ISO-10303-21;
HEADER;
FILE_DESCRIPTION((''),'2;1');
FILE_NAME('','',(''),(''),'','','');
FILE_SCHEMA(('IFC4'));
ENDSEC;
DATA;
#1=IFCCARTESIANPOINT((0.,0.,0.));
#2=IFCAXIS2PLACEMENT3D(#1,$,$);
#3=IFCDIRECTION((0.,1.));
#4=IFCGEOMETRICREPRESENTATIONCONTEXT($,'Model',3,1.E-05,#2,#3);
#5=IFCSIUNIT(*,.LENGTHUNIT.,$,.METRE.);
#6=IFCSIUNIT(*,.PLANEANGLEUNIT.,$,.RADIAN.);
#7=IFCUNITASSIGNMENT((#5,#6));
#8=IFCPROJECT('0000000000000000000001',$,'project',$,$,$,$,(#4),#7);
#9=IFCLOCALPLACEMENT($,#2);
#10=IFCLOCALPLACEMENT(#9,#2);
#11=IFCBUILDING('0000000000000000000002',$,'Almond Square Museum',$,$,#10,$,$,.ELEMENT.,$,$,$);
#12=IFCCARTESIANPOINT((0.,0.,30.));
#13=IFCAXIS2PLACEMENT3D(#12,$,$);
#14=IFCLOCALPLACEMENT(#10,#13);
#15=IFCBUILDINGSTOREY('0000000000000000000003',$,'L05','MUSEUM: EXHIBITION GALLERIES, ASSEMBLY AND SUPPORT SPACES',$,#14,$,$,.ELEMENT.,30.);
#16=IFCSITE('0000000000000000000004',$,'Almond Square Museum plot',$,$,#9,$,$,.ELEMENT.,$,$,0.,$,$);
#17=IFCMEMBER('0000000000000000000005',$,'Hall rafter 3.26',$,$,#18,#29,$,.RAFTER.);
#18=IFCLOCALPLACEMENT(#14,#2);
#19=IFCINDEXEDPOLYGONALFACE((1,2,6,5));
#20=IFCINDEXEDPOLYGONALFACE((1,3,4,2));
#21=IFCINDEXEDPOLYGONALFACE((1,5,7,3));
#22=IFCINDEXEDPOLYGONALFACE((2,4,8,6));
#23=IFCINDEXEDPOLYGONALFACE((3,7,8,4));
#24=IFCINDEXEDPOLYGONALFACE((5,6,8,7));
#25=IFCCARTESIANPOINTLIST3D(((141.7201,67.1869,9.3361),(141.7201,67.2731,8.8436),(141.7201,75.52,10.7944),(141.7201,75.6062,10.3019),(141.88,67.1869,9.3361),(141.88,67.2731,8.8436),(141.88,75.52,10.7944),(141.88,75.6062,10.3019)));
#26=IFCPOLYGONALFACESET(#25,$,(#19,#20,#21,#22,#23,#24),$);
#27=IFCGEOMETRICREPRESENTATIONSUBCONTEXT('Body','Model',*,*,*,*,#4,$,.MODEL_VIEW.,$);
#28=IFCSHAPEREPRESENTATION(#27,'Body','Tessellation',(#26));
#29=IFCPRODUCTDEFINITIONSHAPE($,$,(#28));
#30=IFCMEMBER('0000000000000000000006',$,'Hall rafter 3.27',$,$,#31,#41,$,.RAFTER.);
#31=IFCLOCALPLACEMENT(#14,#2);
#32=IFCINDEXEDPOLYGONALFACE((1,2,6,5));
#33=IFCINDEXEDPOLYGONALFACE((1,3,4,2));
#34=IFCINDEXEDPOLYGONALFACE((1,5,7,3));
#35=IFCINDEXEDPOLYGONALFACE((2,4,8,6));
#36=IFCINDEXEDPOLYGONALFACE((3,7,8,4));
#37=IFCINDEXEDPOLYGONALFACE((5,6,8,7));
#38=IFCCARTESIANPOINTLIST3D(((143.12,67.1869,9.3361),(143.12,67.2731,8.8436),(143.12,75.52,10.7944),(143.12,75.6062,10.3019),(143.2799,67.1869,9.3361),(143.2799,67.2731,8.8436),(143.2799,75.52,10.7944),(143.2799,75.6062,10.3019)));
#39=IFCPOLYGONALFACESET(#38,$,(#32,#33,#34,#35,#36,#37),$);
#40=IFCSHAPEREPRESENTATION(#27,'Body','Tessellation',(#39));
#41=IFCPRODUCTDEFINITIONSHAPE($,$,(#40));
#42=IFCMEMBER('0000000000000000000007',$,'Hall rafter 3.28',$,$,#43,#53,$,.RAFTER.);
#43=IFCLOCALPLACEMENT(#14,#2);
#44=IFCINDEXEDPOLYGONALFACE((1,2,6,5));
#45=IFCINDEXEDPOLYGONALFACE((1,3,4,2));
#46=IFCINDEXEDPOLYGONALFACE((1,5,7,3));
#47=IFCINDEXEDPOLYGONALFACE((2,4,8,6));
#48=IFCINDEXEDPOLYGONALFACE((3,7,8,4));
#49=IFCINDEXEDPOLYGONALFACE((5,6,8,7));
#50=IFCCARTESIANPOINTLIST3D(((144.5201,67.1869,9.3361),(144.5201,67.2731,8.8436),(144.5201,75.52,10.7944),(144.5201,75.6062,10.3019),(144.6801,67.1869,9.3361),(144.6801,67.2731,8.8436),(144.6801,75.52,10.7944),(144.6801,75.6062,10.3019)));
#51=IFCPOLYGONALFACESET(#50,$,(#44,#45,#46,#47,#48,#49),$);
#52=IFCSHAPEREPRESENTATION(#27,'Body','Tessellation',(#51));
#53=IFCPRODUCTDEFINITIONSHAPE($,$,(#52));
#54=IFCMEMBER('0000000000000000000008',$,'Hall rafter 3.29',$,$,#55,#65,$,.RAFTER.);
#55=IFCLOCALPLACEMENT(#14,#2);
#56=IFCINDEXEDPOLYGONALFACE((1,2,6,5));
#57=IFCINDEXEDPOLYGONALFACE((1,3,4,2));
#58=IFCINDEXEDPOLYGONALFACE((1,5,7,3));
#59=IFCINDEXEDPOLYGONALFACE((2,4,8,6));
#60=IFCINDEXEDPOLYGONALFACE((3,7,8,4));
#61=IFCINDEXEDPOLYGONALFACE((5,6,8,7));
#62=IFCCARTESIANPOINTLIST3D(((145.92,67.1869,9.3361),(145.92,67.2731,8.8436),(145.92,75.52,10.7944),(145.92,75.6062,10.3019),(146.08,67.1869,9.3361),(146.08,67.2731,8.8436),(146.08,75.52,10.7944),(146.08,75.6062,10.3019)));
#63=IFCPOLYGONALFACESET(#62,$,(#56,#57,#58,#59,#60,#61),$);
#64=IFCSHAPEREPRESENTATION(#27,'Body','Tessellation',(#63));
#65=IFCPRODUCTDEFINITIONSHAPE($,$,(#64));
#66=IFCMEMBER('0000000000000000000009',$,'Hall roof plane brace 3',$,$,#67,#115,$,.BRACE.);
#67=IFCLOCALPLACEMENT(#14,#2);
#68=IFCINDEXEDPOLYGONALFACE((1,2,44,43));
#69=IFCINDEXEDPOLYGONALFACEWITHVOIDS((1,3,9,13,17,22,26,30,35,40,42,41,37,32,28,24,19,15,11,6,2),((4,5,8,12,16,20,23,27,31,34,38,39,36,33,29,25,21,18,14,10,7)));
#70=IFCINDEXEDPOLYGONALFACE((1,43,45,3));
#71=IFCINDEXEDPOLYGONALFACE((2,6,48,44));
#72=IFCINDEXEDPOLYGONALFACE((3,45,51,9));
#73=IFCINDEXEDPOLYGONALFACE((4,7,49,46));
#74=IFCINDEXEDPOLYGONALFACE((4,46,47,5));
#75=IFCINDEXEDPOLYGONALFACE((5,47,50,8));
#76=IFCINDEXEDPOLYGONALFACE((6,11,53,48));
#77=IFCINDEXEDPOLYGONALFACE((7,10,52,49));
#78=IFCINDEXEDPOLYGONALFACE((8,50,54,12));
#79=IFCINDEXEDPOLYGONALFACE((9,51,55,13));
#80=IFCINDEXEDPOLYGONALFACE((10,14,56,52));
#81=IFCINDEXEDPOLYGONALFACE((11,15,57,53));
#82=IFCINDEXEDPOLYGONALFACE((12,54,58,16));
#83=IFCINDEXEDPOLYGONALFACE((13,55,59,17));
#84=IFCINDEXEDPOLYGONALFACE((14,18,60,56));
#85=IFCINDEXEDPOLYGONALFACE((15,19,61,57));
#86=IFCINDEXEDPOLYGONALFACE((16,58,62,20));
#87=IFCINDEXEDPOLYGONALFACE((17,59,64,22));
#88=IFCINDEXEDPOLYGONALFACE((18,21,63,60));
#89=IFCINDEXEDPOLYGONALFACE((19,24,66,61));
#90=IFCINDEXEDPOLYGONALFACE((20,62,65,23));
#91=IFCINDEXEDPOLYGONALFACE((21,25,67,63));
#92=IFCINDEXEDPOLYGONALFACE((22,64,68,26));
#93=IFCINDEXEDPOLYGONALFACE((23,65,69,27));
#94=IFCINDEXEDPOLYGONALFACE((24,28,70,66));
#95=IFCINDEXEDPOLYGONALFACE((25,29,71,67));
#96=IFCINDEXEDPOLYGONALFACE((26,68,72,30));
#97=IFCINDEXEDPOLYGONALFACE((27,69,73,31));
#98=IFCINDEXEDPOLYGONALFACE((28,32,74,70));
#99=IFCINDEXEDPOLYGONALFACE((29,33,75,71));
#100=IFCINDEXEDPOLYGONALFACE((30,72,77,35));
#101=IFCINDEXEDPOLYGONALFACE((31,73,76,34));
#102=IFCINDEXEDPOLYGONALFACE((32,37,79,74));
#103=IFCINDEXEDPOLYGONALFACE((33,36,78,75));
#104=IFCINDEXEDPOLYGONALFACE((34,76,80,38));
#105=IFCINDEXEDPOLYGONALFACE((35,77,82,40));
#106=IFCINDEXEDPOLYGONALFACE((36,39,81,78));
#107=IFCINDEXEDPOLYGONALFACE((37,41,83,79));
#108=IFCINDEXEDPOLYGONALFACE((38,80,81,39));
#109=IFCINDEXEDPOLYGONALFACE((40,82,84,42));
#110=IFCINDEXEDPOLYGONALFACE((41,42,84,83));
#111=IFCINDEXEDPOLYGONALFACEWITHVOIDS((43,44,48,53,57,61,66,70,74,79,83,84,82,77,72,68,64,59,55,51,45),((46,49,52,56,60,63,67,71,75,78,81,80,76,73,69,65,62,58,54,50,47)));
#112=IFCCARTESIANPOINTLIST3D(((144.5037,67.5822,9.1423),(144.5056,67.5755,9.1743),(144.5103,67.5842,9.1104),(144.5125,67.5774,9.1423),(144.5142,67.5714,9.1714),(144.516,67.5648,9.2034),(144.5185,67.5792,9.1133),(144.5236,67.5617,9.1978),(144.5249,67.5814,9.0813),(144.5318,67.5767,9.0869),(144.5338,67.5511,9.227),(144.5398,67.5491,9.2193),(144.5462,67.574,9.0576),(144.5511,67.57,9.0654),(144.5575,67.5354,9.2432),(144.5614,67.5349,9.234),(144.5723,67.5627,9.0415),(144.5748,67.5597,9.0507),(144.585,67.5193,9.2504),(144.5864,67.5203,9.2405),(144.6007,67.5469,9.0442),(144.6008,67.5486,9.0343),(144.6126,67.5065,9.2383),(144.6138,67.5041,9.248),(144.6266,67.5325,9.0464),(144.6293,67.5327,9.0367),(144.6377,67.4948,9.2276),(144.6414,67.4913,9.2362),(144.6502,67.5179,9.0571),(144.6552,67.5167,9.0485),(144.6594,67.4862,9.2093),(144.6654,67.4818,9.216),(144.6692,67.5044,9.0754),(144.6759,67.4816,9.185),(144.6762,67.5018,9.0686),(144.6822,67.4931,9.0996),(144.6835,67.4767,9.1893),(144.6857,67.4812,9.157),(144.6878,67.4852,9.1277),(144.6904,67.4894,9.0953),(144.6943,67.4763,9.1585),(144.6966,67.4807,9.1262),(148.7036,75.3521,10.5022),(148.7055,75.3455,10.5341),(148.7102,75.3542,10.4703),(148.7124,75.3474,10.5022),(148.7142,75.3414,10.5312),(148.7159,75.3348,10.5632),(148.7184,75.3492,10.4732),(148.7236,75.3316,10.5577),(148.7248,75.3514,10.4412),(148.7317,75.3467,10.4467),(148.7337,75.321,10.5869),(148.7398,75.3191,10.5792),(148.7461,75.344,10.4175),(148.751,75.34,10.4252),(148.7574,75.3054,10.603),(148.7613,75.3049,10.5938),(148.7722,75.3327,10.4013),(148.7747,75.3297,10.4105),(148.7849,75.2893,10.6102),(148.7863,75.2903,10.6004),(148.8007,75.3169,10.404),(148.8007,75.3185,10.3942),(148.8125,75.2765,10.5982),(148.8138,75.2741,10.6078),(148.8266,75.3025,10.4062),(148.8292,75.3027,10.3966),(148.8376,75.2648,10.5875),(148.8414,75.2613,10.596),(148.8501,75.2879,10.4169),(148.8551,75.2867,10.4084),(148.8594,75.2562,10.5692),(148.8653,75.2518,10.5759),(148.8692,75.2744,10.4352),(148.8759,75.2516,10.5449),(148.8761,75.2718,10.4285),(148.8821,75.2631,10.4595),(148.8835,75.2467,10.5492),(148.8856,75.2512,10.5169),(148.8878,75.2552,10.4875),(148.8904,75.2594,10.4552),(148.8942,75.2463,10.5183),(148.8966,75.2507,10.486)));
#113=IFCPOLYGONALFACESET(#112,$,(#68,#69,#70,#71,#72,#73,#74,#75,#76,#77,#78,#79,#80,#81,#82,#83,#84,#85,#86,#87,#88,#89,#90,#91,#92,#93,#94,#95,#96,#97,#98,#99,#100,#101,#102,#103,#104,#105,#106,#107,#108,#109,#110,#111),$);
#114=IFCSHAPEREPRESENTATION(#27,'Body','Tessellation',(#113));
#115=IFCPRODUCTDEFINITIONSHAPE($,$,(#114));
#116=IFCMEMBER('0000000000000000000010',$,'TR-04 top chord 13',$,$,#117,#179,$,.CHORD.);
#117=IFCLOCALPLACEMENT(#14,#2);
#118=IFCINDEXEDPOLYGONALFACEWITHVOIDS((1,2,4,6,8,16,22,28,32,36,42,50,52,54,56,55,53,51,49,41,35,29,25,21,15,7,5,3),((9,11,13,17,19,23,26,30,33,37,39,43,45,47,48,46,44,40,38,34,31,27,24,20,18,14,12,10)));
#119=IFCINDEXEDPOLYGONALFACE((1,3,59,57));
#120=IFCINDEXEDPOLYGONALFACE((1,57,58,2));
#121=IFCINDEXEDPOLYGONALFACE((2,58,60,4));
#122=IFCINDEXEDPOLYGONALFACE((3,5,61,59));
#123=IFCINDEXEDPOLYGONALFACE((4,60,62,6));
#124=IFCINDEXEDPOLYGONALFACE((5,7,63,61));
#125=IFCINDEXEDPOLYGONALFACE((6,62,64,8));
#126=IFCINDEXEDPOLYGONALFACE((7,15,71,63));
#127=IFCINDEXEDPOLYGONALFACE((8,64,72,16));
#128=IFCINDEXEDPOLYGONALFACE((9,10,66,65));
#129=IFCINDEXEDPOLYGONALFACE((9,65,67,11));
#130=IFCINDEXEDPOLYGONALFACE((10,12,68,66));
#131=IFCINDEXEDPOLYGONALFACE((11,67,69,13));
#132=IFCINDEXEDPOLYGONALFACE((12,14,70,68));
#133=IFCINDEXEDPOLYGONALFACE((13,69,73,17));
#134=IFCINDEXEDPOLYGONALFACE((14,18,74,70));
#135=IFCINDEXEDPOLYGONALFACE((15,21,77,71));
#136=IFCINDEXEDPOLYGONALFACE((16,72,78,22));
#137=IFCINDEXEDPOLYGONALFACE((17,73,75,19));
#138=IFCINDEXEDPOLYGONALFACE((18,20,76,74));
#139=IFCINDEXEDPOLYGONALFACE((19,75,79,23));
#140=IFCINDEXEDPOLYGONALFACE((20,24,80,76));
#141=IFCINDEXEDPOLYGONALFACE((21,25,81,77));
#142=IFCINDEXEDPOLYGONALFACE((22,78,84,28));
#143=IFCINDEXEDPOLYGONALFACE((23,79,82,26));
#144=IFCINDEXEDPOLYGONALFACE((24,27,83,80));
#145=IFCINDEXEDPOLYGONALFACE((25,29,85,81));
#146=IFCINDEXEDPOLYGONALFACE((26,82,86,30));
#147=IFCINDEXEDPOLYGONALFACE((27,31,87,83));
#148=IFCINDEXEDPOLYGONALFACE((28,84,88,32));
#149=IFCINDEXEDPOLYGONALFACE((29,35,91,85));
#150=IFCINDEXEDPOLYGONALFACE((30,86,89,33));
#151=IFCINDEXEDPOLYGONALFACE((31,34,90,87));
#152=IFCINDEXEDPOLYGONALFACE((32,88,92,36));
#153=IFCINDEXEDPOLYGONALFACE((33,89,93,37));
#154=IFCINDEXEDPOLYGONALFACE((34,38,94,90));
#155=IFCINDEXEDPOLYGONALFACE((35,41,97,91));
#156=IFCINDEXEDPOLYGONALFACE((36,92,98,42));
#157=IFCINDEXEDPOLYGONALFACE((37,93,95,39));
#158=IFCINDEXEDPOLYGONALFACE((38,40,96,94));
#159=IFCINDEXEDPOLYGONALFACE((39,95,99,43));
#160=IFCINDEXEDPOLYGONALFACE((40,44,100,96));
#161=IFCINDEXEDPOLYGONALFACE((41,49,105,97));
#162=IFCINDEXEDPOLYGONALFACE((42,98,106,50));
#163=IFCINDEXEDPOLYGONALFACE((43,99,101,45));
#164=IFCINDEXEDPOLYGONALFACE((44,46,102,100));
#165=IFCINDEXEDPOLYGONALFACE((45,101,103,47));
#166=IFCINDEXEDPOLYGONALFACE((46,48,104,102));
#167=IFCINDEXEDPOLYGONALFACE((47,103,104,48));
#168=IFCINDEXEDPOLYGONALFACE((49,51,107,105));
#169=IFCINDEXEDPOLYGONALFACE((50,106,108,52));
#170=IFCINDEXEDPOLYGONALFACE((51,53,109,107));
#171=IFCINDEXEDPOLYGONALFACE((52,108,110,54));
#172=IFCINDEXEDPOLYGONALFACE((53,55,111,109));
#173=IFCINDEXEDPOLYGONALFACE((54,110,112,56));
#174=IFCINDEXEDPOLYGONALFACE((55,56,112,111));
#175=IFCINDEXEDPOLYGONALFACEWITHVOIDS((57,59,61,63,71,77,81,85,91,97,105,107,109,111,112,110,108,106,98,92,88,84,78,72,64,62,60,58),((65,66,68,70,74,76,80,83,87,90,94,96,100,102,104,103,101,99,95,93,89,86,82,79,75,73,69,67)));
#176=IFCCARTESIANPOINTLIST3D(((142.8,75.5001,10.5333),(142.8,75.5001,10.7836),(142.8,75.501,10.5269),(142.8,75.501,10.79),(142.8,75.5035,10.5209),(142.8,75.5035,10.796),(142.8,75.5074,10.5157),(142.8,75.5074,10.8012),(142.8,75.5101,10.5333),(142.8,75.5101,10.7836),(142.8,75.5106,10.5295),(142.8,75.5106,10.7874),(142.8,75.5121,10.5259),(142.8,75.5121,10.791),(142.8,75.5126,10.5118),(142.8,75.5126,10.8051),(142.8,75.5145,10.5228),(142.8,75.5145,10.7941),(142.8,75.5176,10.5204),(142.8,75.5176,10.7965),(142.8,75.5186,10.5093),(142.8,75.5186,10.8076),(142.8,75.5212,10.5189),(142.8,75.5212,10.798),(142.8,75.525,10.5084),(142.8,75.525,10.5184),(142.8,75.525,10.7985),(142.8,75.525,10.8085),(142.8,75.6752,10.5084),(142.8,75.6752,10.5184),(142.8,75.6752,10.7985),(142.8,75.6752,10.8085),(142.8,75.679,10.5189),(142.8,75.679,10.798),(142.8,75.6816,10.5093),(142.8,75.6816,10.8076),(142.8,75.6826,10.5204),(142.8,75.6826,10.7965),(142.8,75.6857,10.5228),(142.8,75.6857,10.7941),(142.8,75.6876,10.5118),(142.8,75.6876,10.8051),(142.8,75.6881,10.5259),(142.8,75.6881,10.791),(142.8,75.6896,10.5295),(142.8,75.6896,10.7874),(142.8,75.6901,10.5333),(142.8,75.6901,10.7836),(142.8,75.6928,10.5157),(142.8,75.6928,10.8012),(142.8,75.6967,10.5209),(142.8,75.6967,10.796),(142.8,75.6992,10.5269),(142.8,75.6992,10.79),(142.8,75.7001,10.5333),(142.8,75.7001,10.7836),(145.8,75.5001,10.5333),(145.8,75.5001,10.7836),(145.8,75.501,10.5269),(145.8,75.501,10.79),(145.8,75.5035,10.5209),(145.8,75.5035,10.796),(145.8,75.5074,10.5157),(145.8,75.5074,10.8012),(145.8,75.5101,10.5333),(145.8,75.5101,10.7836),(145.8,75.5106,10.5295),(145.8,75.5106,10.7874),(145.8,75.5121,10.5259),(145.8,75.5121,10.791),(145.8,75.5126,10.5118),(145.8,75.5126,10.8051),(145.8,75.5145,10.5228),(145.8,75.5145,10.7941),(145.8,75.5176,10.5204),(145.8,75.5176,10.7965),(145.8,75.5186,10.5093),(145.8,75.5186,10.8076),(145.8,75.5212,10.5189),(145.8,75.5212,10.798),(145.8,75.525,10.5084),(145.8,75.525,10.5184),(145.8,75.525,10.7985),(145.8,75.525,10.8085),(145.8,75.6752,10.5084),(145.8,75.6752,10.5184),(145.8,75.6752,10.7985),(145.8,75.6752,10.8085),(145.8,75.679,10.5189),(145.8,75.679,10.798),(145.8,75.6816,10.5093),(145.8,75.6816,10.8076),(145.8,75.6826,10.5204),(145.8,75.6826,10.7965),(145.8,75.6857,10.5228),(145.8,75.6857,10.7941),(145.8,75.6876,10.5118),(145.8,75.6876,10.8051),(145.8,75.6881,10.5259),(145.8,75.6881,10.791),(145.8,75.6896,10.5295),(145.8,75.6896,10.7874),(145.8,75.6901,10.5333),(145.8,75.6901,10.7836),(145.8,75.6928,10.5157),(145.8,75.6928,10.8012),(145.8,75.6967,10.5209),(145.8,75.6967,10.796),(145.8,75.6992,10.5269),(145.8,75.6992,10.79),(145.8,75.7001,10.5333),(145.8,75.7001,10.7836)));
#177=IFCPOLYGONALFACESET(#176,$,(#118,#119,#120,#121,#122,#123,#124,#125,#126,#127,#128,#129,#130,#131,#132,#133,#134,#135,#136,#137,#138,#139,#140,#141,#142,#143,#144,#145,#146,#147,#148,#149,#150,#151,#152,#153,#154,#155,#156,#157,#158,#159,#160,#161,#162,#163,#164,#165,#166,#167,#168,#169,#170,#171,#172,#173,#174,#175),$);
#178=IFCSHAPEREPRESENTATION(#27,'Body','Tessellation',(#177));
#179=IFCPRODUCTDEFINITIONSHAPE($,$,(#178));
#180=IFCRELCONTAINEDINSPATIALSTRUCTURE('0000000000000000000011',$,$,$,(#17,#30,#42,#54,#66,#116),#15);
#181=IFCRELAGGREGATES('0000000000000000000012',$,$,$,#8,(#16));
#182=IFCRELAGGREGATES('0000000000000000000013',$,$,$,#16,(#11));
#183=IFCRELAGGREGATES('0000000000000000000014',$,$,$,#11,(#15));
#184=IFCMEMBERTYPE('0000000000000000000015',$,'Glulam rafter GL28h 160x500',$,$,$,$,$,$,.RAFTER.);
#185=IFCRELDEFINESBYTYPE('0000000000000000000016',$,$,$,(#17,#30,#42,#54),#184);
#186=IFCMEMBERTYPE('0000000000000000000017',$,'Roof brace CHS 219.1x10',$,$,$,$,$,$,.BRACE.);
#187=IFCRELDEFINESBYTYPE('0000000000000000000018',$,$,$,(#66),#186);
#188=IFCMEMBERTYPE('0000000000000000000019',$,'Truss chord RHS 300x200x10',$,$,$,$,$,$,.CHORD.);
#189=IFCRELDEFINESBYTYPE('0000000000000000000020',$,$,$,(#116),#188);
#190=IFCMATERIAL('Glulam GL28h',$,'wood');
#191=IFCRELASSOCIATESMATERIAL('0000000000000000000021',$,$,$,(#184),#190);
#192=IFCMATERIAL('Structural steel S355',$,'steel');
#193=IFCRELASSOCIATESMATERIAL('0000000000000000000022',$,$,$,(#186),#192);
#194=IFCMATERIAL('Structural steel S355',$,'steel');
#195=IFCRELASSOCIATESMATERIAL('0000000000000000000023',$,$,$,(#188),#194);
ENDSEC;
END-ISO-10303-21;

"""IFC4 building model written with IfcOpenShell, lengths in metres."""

from ifc_helpers import new_model, si_unit, direction, frame, origin, origin_2d, place, context, subcontext, project, spatial, rectangle, hollow_rectangle, hollow_circle, extrude, material, material_profile, profile_set, type_object, element, save


model = new_model("IFC4")

# Units and contexts
model_context = context("Model", 3, precision=1e-05, world=origin(), true_north=direction((0.0, 1.0)))
body_context = subcontext(model_context, "Body", "Model", "MODEL_VIEW")
ifc_project = project(units=[si_unit("LENGTHUNIT", "METRE"), si_unit("PLANEANGLEUNIT", "RADIAN")], contexts=[model_context])

# Site, building, storey
site_placement = place(None, origin())
site = spatial("IfcSite", under=ifc_project, at=site_placement, Name="Almond Square Museum plot", CompositionType="ELEMENT", RefElevation=0.0)
building_placement = place(site_placement, origin())
building = spatial("IfcBuilding", under=site, at=building_placement, Name="Almond Square Museum", CompositionType="ELEMENT")
storey_placement = place(building_placement, frame((0.0, 0.0, 30.0)))
storey = spatial("IfcBuildingStorey", under=building, at=storey_placement, Name="L05", Description="MUSEUM: EXHIBITION GALLERIES, ASSEMBLY AND SUPPORT SPACES", CompositionType="ELEMENT", Elevation=30.0)

# Members
ifc_material_1 = material(Name="Glulam GL28h", Category="wood")
ifc_material_profile_1 = material_profile(ifc_material_1, rectangle(XDim=0.1599, YDim=0.5, at=origin_2d()))
ifc_profile_set_1 = profile_set([ifc_material_profile_1], Name="Glulam GL28h")
member_type_1 = type_object("IfcMemberType", Name="Glulam rafter GL28h 160x500", PredefinedType="RAFTER", material=ifc_profile_set_1)
for number, where, z_axis, x_axis, name in (
    (1, (141.8, 67.23, 9.0898), (0.0, 0.985031, 0.172378), (-1.0, 0.0, 0.0), "Hall rafter 3.26"),
    (2, (143.2, 67.23, 9.0898), (0.0, 0.985031, 0.172378), (-1.0, 0.0, 0.0), "Hall rafter 3.27"),
    (3, (144.6001, 67.23, 9.0898), (0.0, 0.985031, 0.172378), (-1.0, 0.0, 0.0), "Hall rafter 3.28"),
    (4, (146.0, 67.23, 9.0898), (0.0, 0.985031, 0.172378), (-1.0, 0.0, 0.0), "Hall rafter 3.29"),
):
    element("IfcMember", number, at=place(storey_placement, frame(where, z_axis=z_axis, x_axis=x_axis)), inside=storey, type_object=member_type_1, Name=name, PredefinedType="RAFTER", context=body_context, shape_type="SweptSolid", body=[
        extrude(rectangle(XDim=0.1599, YDim=0.5, at=origin_2d()), origin(), (0.0, 0.0, 1.0), 8.4597),
    ])
ifc_material_2 = material(Name="Structural steel S355", Category="steel")
ifc_material_profile_2 = material_profile(ifc_material_2, hollow_circle(Radius=0.1096, WallThickness=0.01, at=origin_2d()))
ifc_profile_set_2 = profile_set([ifc_material_profile_2], Name="Structural steel S355")
member_type_2 = type_object("IfcMemberType", Name="Roof brace CHS 219.1x10", PredefinedType="BRACE", material=ifc_profile_set_2)
member_1_placement = place(storey_placement, frame((144.6001, 67.53, 9.1423), z_axis=(0.469974, 0.869465, 0.152169), x_axis=(-0.879709, 0.475512, 0.0)))
element("IfcMember", 5, at=member_1_placement, inside=storey, type_object=member_type_2, Name="Hall roof plane brace 3", PredefinedType="BRACE", context=body_context, shape_type="SweptSolid", body=[
    extrude(hollow_circle(Radius=0.1096, WallThickness=0.01, at=origin_2d()), origin(), (0.0, 0.0, 1.0), 8.9365),
])
ifc_material_3 = material(Name="Structural steel S355", Category="steel")
ifc_material_profile_3 = material_profile(ifc_material_3, hollow_rectangle(XDim=0.2, YDim=0.3, WallThickness=0.01, InnerFilletRadius=0.0149, OuterFilletRadius=0.0249, at=origin_2d()))
ifc_profile_set_3 = profile_set([ifc_material_profile_3], Name="Structural steel S355")
member_type_3 = type_object("IfcMemberType", Name="Truss chord RHS 300x200x10", PredefinedType="CHORD", material=ifc_profile_set_3)
for number, where, z_axis, x_axis, name in (
    (6, (142.8, 75.6001, 10.6584), (1.0, 0.0, 0.0), (0.0, 1.0, 0.0), "TR-04 top chord 13"),
):
    element("IfcMember", number, at=place(storey_placement, frame(where, z_axis=z_axis, x_axis=x_axis)), inside=storey, type_object=member_type_3, Name=name, PredefinedType="CHORD", context=body_context, shape_type="SweptSolid", body=[
        extrude(hollow_rectangle(XDim=0.2, YDim=0.3, WallThickness=0.01, InnerFilletRadius=0.0149, OuterFilletRadius=0.0249, at=origin_2d()), origin(), (0.0, 0.0, 1.0), 3.0),
    ])

save(model, "model.ifc")
